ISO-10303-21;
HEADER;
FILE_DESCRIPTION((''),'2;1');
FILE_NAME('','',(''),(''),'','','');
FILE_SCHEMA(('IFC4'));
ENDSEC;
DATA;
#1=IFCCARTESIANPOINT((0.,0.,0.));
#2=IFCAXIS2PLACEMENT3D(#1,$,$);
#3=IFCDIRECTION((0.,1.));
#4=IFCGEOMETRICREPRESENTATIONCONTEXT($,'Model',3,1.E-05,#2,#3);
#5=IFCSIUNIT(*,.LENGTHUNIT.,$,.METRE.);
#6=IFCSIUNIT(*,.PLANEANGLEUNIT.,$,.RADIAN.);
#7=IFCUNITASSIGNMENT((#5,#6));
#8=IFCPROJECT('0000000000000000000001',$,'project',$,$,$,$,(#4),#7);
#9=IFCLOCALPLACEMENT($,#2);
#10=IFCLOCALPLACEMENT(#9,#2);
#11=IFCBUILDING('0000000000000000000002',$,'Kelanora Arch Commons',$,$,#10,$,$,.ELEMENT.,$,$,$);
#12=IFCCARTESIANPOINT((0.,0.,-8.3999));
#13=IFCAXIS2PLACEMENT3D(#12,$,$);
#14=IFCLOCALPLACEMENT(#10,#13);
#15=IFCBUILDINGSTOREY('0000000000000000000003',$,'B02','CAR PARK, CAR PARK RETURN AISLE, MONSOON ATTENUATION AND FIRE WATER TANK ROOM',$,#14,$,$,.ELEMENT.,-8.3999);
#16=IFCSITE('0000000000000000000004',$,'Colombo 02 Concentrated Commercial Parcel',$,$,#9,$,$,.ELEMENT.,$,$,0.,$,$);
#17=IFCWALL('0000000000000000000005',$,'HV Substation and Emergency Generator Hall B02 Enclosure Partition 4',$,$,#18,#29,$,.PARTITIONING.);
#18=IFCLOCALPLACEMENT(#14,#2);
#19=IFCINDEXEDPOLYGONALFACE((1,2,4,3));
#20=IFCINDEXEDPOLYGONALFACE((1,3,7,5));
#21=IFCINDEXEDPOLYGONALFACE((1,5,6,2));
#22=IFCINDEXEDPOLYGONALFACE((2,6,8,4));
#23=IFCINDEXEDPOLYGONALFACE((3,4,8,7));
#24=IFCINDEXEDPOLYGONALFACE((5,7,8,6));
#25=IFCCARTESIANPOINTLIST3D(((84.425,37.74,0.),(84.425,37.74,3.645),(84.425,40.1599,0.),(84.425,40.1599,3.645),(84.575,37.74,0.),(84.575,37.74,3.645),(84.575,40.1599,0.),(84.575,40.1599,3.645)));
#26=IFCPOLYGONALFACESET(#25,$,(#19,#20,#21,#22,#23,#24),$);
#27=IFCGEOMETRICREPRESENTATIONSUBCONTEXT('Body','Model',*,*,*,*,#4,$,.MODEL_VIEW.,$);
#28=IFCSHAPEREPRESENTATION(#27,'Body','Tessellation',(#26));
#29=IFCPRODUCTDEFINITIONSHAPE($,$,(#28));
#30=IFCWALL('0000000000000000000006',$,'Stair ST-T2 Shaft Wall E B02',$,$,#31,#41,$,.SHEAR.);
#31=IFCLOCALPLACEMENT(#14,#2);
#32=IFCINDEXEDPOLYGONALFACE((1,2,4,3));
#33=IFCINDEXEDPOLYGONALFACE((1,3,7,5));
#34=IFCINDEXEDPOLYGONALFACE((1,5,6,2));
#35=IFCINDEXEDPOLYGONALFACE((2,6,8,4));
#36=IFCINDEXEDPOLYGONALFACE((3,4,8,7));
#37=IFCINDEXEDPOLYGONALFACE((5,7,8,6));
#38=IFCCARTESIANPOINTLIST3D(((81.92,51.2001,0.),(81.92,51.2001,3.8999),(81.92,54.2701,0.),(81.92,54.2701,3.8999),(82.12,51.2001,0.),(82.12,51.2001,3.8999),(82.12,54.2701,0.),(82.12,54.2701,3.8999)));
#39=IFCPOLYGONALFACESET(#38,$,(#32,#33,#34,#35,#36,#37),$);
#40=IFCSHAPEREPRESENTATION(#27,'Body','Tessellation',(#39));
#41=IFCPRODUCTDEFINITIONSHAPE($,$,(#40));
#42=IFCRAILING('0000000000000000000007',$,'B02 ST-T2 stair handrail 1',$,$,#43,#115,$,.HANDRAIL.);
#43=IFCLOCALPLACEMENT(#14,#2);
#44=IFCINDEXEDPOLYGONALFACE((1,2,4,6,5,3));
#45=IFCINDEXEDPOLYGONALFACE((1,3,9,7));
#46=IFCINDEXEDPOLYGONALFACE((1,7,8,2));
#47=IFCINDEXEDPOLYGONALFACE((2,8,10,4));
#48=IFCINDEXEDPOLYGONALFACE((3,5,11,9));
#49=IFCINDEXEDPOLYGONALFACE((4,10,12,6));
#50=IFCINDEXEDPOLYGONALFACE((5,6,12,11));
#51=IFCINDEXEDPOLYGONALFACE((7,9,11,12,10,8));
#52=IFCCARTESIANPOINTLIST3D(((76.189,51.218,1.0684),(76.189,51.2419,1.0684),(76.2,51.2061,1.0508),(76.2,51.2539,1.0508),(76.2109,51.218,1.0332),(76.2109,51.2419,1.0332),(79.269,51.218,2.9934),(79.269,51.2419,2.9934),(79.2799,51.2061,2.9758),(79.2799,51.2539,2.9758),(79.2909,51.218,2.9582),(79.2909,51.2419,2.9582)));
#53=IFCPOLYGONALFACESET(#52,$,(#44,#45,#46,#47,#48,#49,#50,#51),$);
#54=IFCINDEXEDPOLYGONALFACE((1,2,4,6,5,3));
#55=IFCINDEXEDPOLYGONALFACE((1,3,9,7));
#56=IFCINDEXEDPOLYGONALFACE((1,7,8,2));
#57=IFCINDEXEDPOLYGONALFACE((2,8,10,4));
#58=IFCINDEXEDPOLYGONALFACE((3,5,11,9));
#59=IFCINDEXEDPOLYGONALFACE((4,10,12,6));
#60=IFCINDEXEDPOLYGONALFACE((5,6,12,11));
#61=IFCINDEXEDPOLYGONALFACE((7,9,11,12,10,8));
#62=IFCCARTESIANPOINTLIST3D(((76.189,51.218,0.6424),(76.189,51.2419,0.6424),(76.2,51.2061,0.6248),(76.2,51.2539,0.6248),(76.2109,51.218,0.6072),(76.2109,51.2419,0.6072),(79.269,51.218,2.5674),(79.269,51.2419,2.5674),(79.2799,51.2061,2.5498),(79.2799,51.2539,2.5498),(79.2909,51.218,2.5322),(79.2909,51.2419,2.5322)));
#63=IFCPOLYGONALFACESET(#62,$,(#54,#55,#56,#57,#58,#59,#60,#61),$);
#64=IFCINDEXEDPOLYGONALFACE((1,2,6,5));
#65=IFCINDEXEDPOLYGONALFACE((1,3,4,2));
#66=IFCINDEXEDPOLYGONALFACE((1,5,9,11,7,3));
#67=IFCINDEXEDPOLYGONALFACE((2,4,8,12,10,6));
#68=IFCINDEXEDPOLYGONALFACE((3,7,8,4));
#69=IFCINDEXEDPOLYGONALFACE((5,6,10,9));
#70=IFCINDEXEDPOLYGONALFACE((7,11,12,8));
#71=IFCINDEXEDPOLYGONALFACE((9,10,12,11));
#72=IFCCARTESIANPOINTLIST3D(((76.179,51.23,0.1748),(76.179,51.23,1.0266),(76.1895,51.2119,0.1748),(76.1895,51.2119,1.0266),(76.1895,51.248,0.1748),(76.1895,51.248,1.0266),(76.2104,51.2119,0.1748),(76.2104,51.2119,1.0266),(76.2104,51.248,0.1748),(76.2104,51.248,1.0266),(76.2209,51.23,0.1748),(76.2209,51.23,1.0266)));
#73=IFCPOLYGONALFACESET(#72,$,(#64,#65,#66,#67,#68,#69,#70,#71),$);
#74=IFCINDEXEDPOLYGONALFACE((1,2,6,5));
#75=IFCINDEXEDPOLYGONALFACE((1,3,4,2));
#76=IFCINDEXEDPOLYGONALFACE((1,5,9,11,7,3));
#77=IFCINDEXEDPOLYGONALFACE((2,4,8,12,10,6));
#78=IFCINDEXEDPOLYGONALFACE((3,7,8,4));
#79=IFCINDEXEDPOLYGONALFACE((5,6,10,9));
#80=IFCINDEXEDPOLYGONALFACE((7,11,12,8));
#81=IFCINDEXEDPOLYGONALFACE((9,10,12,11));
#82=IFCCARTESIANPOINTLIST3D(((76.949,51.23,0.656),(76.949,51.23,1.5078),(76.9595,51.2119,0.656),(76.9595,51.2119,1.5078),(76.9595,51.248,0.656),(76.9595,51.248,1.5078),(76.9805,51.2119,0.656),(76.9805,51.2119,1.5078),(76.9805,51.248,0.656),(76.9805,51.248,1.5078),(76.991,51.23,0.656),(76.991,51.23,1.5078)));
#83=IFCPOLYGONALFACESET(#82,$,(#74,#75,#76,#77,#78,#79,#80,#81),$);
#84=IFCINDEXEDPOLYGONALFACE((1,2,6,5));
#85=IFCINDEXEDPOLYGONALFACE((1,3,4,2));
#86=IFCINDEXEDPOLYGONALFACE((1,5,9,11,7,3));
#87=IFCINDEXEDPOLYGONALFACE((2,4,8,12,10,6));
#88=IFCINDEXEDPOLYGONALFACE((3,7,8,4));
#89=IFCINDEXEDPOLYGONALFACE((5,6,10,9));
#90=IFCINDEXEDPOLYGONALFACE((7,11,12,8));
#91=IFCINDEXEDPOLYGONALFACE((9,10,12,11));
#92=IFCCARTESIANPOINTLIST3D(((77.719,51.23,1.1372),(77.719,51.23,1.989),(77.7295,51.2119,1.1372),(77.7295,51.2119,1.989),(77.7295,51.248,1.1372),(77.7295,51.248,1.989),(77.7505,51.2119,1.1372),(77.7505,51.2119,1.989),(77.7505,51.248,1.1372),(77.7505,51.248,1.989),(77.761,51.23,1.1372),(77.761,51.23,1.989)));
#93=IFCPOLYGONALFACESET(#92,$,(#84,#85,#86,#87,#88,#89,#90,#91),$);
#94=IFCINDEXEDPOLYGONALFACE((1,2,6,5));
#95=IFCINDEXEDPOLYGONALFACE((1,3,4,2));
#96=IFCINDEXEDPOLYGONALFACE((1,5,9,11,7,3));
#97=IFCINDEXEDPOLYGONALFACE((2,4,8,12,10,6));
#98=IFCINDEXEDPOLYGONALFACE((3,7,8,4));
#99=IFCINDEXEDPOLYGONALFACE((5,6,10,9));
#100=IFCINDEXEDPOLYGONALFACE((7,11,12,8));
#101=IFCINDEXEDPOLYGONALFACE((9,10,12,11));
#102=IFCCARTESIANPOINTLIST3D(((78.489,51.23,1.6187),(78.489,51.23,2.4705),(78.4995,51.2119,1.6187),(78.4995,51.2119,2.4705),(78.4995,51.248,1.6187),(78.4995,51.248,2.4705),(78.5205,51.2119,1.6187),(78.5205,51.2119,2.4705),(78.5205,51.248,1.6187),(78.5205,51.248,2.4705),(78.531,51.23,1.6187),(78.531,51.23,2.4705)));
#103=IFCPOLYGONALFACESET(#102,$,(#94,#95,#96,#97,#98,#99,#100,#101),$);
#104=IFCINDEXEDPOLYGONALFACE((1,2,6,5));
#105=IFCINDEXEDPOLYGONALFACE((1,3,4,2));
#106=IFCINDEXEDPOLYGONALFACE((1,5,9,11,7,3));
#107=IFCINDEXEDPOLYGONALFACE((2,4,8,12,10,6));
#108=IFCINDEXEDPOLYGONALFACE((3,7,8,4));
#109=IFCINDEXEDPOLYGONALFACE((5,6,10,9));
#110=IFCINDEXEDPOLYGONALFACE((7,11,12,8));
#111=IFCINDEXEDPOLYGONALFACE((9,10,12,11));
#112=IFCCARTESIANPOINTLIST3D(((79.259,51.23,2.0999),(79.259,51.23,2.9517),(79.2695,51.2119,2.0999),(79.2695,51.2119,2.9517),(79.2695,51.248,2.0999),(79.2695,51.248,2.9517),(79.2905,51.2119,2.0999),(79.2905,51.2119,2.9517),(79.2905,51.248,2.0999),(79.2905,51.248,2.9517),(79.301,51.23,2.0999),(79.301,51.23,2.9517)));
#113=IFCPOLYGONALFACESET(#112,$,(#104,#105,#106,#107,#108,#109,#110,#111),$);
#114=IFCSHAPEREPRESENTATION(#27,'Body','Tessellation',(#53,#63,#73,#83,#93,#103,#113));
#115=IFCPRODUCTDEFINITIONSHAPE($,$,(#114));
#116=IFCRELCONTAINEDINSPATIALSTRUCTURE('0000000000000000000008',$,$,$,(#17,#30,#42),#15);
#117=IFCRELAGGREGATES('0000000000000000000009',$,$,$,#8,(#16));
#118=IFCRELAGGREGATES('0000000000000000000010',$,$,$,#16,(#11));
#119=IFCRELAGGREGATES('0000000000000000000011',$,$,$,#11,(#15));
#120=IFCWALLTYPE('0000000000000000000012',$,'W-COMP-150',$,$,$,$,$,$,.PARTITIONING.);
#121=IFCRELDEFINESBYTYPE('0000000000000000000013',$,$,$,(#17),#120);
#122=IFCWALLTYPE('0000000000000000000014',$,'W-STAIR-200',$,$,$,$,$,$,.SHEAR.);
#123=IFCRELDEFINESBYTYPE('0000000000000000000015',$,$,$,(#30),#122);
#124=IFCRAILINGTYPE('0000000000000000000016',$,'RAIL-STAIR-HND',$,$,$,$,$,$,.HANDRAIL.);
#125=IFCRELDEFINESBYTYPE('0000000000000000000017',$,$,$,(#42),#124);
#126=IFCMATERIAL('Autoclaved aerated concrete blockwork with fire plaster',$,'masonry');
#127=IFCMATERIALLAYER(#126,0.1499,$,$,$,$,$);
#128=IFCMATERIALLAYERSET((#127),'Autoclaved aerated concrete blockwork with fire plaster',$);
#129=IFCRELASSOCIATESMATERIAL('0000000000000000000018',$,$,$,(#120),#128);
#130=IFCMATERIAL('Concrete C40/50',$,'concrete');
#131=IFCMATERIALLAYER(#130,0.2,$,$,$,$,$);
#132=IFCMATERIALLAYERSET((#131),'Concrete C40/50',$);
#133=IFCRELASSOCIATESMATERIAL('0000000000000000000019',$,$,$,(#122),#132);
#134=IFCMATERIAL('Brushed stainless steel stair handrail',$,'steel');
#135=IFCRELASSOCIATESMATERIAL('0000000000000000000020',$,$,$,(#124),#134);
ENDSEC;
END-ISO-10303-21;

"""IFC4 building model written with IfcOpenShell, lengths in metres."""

from ifc_helpers import new_model, si_unit, direction, frame, frame_2d, origin, place, context, subcontext, project, spatial, polyline, rectangle, outline, extrude, material, layer, layer_set, type_object, element, save


model = new_model("IFC4")

# Units and contexts
model_context = context("Model", 3, precision=1e-05, world=origin(), true_north=direction((0.0, 1.0)))
body_context = subcontext(model_context, "Body", "Model", "MODEL_VIEW")
ifc_project = project(units=[si_unit("LENGTHUNIT", "METRE"), si_unit("PLANEANGLEUNIT", "RADIAN")], contexts=[model_context])

# Site, building, storey
site_placement = place(None, origin())
site = spatial("IfcSite", under=ifc_project, at=site_placement, Name="Colombo 02 Concentrated Commercial Parcel", CompositionType="ELEMENT", RefElevation=0.0)
building_placement = place(site_placement, origin())
building = spatial("IfcBuilding", under=site, at=building_placement, Name="Kelanora Arch Commons", CompositionType="ELEMENT")
storey_placement = place(building_placement, frame((0.0, 0.0, -8.3999)))
storey = spatial("IfcBuildingStorey", under=building, at=storey_placement, Name="B02", Description="CAR PARK, CAR PARK RETURN AISLE, MONSOON ATTENUATION AND FIRE WATER TANK ROOM", CompositionType="ELEMENT", Elevation=-8.3999)

# Walls
ifc_material_1 = material(Name="Autoclaved aerated concrete blockwork with fire plaster", Category="masonry")
ifc_layer_1 = layer(ifc_material_1, 0.1499)
ifc_layer_set_1 = layer_set([ifc_layer_1], Name="Autoclaved aerated concrete blockwork with fire plaster")
wall_type_1 = type_object("IfcWallType", Name="W-COMP-150", PredefinedType="PARTITIONING", material=ifc_layer_set_1)
wall_1_placement = place(storey_placement, frame((84.5, 40.1599, 0.0), z_axis=(0.0, 0.0, 1.0), x_axis=(0.0, -1.0, 0.0)))
element("IfcWall", 1, at=wall_1_placement, inside=storey, type_object=wall_type_1, Name="HV Substation and Emergency Generator Hall B02 Enclosure Partition 4", PredefinedType="PARTITIONING", context=body_context, shape_type="SweptSolid", body=[
    extrude(rectangle(XDim=2.4199, YDim=0.1499, at=frame_2d((1.21, 0.0))), origin(), (0.0, 0.0, 1.0), 3.645),
])
ifc_material_2 = material(Name="Concrete C40/50", Category="concrete")
ifc_layer_2 = layer(ifc_material_2, 0.2)
ifc_layer_set_2 = layer_set([ifc_layer_2], Name="Concrete C40/50")
wall_type_2 = type_object("IfcWallType", Name="W-STAIR-200", PredefinedType="SHEAR", material=ifc_layer_set_2)
wall_2_placement = place(storey_placement, frame((82.02, 51.2, 0.0), z_axis=(0.0, 0.0, 1.0), x_axis=(0.0, 1.0, 0.0)))
element("IfcWall", 2, at=wall_2_placement, inside=storey, type_object=wall_type_2, Name="Stair ST-T2 Shaft Wall E B02", PredefinedType="SHEAR", context=body_context, shape_type="SweptSolid", body=[
    extrude(rectangle(XDim=3.0701, YDim=0.2, at=frame_2d((1.5352, 0.0))), origin(), (0.0, 0.0, 1.0), 3.8999),
])

# Railing
ifc_material_3 = material(Name="Brushed stainless steel stair handrail", Category="steel")
railing_type = type_object("IfcRailingType", Name="RAIL-STAIR-HND", PredefinedType="HANDRAIL", material=ifc_material_3)
railing_placement = place(storey_placement, frame((76.2, 51.23, 0.1748)))
element("IfcRailing", 3, at=railing_placement, inside=storey, type_object=railing_type, Name="B02 ST-T2 stair handrail 1", PredefinedType="HANDRAIL", context=body_context, shape_type="SweptSolid", body=[
    extrude(outline(polyline([(0.0239, 0.0), (0.012, 0.0208), (-0.012, 0.0208), (-0.0239, 0.0), (-0.012, -0.0208), (0.012, -0.0208), (0.0239, 0.0)])), frame((0.0, 0.0, 0.876), z_axis=(0.847998, 0.0, 0.529999), x_axis=(0.0, 1.0, 0.0)), (0.0, 0.0, 1.0), 3.6321),
    extrude(outline(polyline([(0.0239, 0.0), (0.012, 0.0208), (-0.012, 0.0208), (-0.0239, 0.0), (-0.012, -0.0208), (0.012, -0.0208), (0.0239, 0.0)])), frame((0.0, 0.0, 0.45), z_axis=(0.847998, 0.0, 0.529999), x_axis=(0.0, 1.0, 0.0)), (0.0, 0.0, 1.0), 3.6321),
    extrude(outline(polyline([(0.021, 0.0), (0.0105, 0.0181), (-0.0105, 0.0181), (-0.021, 0.0), (-0.0105, -0.0181), (0.0105, -0.0181), (0.021, 0.0)])), origin(), (0.0, 0.0, 1.0), 0.8518),
    extrude(outline(polyline([(0.021, 0.0), (0.0105, 0.0181), (-0.0105, 0.0181), (-0.021, 0.0), (-0.0105, -0.0181), (0.0105, -0.0181), (0.021, 0.0)])), frame((0.77, 0.0, 0.4812)), (0.0, 0.0, 1.0), 0.8518),
    extrude(outline(polyline([(0.021, 0.0), (0.0105, 0.0181), (-0.0105, 0.0181), (-0.021, 0.0), (-0.0105, -0.0181), (0.0105, -0.0181), (0.021, 0.0)])), frame((1.54, 0.0, 0.9624)), (0.0, 0.0, 1.0), 0.8518),
    extrude(outline(polyline([(0.021, 0.0), (0.0105, 0.0181), (-0.0105, 0.0181), (-0.021, 0.0), (-0.0105, -0.0181), (0.0105, -0.0181), (0.021, 0.0)])), frame((2.3101, 0.0, 1.4438)), (0.0, 0.0, 1.0), 0.8518),
    extrude(outline(polyline([(0.021, 0.0), (0.0105, 0.0181), (-0.0105, 0.0181), (-0.021, 0.0), (-0.0105, -0.0181), (0.0105, -0.0181), (0.021, 0.0)])), frame((3.0801, 0.0, 1.925)), (0.0, 0.0, 1.0), 0.8518),
])

save(model, "model.ifc")
